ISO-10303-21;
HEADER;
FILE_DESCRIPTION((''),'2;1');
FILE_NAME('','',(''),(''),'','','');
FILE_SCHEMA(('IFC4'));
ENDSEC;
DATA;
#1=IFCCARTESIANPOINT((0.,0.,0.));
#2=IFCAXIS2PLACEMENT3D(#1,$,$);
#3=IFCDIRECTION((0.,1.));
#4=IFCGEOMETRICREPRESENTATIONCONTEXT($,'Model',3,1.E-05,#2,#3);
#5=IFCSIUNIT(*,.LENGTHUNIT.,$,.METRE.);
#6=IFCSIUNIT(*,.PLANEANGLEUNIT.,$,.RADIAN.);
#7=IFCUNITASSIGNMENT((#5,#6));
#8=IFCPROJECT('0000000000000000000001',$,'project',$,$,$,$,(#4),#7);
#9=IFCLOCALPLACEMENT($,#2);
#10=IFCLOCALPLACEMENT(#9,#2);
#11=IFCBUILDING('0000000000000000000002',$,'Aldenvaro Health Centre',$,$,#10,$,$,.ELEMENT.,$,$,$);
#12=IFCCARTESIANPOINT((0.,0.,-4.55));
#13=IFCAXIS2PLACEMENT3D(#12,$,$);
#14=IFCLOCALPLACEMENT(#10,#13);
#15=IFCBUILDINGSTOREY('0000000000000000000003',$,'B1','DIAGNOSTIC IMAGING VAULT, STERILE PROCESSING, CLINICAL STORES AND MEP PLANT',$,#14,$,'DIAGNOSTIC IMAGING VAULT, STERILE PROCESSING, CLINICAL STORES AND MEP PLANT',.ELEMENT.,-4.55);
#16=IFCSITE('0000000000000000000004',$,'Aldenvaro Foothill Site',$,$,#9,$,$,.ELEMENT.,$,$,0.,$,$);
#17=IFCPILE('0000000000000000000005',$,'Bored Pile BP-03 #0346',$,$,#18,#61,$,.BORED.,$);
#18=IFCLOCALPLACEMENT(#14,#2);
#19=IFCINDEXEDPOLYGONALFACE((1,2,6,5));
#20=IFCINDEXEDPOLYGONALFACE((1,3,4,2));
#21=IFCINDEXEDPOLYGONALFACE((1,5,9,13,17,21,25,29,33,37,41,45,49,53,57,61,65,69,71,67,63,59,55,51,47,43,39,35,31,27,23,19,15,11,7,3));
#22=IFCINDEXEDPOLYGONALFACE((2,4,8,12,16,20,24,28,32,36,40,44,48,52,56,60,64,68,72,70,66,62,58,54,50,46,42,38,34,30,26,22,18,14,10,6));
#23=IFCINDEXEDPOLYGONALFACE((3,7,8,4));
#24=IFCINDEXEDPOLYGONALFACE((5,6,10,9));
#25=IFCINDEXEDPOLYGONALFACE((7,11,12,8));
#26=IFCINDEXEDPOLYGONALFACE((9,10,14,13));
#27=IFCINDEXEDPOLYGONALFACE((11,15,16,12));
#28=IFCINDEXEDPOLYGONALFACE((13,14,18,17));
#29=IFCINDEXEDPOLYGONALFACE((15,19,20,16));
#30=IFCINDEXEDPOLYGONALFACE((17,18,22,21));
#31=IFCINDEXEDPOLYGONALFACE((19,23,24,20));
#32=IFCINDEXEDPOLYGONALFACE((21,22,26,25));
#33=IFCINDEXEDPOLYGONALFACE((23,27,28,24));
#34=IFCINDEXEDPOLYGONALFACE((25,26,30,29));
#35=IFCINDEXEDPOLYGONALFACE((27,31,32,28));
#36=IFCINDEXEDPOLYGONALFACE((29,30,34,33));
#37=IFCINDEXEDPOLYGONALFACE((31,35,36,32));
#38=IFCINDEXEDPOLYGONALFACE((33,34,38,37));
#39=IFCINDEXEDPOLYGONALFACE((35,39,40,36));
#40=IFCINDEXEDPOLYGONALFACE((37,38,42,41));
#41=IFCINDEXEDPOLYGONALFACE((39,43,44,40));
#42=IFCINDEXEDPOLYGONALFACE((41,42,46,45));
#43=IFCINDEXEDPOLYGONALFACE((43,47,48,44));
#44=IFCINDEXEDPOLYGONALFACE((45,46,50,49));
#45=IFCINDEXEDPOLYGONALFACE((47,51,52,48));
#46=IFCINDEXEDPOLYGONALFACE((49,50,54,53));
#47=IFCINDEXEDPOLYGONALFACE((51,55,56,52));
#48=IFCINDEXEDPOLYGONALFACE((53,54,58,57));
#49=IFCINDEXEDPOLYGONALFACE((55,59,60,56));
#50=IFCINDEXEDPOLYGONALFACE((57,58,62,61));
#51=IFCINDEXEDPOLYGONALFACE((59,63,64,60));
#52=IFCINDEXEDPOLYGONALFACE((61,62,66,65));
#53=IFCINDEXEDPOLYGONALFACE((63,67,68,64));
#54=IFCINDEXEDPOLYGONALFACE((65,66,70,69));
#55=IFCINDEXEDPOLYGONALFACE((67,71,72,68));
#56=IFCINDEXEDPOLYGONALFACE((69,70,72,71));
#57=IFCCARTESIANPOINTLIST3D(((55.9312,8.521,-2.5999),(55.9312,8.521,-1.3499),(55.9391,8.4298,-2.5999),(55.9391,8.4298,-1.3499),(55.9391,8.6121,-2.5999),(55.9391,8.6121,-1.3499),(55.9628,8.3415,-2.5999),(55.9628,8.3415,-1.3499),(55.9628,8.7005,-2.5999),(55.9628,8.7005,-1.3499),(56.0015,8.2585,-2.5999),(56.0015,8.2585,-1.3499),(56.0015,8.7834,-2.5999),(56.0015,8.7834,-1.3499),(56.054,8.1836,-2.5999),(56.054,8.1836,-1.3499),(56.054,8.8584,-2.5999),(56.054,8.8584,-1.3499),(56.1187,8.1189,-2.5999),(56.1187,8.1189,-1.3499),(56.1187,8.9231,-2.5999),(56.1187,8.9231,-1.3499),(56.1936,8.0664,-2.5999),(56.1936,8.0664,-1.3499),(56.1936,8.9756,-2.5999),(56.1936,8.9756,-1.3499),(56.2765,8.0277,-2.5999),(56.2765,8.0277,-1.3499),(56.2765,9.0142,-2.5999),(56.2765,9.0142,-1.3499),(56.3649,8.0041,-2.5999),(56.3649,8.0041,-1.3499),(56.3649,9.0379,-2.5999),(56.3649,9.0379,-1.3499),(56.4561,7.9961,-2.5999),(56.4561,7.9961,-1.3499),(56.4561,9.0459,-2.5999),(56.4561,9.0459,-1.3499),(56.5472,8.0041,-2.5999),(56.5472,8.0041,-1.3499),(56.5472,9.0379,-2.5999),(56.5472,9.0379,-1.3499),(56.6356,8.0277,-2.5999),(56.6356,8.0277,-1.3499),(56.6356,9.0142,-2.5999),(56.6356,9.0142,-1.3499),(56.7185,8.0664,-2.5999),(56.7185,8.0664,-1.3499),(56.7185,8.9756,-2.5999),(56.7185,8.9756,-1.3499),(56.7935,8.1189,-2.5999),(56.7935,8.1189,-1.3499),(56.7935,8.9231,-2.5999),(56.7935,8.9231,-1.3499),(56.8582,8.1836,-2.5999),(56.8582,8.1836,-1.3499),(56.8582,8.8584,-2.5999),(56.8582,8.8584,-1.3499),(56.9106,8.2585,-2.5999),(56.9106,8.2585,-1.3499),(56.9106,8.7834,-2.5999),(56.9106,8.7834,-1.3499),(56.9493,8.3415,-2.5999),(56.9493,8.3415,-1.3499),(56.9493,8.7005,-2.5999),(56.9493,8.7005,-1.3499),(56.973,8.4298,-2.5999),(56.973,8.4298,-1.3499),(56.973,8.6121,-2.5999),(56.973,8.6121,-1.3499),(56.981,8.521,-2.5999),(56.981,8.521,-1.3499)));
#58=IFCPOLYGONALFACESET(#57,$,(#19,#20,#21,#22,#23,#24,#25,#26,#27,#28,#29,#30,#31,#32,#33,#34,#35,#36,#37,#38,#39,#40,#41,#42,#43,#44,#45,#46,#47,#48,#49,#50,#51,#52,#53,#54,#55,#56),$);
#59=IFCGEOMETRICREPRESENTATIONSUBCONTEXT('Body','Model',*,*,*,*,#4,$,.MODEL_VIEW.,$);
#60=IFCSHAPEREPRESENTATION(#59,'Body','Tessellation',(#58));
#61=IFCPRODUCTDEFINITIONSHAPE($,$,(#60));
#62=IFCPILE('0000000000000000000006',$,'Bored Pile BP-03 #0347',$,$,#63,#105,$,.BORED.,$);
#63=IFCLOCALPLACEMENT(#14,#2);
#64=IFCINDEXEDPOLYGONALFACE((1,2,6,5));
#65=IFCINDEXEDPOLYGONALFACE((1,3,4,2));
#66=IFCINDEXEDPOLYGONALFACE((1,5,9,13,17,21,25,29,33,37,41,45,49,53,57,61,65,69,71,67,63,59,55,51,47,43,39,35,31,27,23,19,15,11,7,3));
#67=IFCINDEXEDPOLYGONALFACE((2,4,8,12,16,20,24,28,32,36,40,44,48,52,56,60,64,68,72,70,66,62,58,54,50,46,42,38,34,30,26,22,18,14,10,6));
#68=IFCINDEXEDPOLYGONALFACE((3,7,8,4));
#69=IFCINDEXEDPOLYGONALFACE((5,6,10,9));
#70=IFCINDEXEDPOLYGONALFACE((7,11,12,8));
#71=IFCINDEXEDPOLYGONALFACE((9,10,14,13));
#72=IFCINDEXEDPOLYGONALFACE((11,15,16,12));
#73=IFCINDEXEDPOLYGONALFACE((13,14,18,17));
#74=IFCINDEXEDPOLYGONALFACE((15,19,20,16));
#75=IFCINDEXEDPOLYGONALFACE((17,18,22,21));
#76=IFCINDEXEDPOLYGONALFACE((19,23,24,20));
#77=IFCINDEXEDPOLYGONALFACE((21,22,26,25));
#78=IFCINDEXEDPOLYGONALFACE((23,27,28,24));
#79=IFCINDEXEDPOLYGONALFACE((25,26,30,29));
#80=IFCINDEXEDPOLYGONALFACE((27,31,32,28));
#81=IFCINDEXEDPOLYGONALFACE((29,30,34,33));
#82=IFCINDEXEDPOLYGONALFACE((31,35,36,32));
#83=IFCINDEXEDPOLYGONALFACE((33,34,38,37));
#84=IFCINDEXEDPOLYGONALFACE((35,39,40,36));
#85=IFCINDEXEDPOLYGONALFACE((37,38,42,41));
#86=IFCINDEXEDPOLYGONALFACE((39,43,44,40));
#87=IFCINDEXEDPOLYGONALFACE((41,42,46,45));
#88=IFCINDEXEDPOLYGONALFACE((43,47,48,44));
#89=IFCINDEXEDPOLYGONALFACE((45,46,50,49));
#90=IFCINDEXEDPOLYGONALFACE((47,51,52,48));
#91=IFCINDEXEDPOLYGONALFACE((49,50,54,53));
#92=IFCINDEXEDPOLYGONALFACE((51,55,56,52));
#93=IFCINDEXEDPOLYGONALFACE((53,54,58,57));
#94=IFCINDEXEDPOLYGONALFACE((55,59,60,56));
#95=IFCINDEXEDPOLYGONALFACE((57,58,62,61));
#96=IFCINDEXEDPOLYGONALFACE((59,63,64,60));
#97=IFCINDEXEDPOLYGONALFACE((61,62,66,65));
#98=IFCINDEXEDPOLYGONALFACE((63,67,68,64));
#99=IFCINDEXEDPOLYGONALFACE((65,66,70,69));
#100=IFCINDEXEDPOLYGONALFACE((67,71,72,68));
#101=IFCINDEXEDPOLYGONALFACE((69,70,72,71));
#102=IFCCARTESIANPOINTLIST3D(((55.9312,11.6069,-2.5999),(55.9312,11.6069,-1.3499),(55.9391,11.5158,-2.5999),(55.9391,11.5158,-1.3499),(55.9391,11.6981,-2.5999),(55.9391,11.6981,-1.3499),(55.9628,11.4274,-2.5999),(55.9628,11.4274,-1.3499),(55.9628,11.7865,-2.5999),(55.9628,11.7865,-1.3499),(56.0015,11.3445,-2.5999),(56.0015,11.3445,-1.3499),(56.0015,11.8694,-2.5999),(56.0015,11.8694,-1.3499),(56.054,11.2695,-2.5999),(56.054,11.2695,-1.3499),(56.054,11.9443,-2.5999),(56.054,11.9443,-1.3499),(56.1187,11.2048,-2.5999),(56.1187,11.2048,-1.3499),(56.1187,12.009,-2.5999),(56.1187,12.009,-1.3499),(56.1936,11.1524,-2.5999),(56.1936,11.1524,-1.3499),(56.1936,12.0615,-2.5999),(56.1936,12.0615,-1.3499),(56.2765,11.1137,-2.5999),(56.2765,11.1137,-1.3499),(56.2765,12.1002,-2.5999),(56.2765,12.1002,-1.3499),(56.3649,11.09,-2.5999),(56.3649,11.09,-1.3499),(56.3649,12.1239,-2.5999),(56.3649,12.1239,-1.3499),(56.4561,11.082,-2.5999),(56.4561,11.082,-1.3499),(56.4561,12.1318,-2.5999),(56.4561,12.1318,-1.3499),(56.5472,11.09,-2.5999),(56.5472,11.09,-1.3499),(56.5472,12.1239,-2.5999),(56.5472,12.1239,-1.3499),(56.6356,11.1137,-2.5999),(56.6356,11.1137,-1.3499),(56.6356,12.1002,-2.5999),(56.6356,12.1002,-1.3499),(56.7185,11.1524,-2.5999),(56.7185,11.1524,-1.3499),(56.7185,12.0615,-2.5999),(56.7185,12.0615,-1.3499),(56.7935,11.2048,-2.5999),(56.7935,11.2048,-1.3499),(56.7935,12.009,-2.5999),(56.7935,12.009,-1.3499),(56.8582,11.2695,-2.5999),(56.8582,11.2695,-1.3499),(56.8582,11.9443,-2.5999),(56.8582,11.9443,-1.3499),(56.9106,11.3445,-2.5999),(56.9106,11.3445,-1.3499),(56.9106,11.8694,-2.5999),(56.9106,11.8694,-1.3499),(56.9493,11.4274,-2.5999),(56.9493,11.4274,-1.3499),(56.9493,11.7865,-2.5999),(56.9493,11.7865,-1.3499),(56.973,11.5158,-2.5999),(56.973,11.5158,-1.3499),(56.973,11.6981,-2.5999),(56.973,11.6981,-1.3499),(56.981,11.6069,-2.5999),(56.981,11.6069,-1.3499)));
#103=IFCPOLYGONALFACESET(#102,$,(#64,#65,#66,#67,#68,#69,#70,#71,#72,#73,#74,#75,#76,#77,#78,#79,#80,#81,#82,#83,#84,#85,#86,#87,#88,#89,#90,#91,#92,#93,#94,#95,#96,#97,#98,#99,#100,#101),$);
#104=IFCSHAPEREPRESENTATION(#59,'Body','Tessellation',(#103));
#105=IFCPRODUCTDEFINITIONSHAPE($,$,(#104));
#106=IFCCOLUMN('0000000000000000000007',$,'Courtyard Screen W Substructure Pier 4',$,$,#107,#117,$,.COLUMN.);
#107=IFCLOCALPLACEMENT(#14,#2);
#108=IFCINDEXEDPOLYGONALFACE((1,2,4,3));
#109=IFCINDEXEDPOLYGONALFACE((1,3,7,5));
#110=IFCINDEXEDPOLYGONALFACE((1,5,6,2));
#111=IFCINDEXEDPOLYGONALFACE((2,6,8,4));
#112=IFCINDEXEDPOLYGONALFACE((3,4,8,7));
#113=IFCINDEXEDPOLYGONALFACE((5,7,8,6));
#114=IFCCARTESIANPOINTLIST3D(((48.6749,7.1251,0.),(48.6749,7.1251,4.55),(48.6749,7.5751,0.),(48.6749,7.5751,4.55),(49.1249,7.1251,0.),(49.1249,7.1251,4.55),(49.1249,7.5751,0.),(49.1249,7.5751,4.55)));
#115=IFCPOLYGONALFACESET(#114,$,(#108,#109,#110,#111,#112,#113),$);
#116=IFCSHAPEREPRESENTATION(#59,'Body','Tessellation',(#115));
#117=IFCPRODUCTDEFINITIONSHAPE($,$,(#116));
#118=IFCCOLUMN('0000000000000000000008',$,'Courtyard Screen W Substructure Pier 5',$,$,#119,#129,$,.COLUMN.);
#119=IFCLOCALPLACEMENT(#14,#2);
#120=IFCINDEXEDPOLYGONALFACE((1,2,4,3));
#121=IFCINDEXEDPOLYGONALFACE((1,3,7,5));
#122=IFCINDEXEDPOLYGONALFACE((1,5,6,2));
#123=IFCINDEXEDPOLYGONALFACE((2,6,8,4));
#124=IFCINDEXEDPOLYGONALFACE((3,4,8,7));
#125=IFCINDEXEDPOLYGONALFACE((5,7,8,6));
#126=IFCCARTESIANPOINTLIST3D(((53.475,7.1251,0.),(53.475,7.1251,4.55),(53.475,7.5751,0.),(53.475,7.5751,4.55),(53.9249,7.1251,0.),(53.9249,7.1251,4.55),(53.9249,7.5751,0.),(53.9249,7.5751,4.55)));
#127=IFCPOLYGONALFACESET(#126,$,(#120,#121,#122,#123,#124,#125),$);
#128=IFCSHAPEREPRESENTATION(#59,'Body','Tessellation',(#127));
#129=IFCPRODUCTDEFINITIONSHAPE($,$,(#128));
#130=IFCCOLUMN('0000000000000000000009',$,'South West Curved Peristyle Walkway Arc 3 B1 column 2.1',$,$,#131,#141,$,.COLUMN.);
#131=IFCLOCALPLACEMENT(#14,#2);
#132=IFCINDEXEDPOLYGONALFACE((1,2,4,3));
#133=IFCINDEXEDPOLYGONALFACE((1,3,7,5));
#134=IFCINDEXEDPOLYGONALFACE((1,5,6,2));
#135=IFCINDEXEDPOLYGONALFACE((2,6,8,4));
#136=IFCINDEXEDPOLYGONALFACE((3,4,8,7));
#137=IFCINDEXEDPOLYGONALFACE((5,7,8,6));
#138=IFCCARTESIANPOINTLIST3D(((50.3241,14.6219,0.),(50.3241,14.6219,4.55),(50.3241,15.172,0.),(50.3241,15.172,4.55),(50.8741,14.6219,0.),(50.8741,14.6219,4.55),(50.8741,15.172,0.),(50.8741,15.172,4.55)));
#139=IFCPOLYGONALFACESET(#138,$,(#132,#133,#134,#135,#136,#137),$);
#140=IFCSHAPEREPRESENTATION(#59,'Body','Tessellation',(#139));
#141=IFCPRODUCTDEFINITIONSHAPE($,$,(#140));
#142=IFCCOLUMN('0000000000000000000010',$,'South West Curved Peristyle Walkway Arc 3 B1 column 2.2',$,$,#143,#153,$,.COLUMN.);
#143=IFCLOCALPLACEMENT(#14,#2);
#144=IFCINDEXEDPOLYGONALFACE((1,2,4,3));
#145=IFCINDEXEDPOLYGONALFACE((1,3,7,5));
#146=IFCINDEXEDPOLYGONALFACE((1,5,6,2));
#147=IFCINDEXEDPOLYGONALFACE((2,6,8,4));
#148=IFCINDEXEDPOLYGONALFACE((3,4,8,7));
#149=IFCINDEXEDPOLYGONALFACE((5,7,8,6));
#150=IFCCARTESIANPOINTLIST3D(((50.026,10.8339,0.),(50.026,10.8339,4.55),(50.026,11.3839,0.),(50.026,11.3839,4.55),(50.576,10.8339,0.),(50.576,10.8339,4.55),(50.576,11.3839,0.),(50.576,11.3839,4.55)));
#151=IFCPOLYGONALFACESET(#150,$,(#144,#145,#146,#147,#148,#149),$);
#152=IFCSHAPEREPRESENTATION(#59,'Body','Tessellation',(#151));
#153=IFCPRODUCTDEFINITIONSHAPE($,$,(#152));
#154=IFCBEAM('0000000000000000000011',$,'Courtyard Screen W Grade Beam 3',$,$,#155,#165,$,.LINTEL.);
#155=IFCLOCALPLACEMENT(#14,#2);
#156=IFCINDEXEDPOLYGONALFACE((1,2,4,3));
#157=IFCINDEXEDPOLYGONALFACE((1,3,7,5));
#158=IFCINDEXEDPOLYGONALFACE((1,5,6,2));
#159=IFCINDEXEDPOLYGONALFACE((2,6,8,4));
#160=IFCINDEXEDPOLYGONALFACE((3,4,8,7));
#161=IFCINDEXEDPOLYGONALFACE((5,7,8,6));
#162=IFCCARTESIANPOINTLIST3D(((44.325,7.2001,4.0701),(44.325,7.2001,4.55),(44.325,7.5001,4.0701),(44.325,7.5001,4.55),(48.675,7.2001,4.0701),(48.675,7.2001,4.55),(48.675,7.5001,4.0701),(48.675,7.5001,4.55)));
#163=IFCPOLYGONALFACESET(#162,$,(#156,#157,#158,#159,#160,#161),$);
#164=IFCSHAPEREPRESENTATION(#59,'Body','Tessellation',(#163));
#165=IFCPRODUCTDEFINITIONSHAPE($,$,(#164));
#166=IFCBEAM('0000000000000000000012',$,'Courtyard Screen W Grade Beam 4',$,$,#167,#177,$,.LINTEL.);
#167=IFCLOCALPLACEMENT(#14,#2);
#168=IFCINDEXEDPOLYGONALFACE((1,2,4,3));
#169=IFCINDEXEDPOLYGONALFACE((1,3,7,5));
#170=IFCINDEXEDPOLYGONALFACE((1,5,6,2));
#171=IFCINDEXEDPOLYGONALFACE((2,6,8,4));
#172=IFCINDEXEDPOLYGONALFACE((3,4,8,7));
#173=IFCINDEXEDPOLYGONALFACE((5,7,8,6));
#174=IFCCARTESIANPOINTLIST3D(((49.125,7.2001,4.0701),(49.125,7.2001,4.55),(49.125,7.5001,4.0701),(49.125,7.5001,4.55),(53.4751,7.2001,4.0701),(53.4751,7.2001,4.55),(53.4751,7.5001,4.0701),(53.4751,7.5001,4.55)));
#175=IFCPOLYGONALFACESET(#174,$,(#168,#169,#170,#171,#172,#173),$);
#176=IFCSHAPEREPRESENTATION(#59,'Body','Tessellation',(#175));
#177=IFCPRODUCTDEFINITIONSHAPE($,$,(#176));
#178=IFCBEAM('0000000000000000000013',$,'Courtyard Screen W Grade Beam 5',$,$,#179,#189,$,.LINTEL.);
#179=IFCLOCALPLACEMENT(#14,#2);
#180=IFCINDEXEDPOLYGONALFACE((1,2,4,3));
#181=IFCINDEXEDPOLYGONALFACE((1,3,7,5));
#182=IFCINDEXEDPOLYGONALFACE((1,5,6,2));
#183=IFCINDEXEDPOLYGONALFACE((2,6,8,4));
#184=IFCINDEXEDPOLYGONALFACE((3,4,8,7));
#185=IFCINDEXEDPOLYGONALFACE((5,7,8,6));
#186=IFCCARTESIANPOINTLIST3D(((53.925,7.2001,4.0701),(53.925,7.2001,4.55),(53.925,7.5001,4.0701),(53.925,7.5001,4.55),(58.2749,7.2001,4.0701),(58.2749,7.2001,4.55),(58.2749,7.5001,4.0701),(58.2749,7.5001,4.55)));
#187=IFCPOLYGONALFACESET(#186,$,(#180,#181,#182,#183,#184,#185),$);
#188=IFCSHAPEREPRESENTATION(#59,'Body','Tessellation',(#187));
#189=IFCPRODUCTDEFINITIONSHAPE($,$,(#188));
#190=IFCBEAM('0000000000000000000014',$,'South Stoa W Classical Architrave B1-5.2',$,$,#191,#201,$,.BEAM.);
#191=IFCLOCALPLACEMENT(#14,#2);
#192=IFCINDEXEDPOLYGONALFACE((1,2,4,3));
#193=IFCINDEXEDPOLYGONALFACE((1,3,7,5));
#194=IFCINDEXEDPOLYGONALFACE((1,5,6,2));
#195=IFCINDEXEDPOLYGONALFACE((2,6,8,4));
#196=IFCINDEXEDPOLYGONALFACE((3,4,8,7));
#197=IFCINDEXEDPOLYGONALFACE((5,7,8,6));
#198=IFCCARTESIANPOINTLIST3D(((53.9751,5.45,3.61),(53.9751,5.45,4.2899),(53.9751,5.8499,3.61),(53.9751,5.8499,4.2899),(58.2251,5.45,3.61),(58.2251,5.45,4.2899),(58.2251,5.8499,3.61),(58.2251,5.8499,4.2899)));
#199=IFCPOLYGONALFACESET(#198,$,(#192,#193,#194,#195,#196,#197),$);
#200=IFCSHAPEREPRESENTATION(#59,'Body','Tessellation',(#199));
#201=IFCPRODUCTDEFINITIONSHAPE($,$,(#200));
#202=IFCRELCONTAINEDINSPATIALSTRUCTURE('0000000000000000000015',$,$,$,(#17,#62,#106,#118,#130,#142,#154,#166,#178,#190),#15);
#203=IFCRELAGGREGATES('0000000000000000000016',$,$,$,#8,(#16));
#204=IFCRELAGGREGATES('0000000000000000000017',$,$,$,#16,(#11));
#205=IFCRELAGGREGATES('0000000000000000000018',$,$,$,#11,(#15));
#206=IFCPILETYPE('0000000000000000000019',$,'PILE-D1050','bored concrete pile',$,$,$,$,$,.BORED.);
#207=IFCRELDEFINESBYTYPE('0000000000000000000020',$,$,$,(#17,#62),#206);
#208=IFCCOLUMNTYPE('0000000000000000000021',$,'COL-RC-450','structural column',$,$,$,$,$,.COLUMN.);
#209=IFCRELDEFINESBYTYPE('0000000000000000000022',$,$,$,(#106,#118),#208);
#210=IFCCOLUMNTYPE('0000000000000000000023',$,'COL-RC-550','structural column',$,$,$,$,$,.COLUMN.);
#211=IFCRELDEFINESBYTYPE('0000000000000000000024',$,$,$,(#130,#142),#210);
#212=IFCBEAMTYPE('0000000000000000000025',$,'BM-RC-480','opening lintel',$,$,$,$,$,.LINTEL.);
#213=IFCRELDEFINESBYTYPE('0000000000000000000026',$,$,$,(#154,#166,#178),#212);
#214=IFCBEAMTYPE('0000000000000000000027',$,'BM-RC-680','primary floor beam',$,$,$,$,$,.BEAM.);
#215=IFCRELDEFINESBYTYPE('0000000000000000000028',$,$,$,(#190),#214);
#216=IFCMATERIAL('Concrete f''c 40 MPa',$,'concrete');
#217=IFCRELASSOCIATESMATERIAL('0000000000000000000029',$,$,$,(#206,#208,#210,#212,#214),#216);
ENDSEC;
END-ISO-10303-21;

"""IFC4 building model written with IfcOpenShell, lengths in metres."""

from ifc_helpers import new_model, si_unit, direction, frame, origin, origin_2d, place, context, subcontext, project, spatial, rectangle, circle, extrude, material, material_profile, profile_set, type_object, element, save


model = new_model("IFC4")

# Units and contexts
model_context = context("Model", 3, precision=1e-05, world=origin(), true_north=direction((0.0, 1.0)))
body_context = subcontext(model_context, "Body", "Model", "MODEL_VIEW")
ifc_project = project(units=[si_unit("LENGTHUNIT", "METRE"), si_unit("PLANEANGLEUNIT", "RADIAN")], contexts=[model_context])

# Site, building, storey
site_placement = place(None, origin())
site = spatial("IfcSite", under=ifc_project, at=site_placement, Name="Aldenvaro Foothill Site", CompositionType="ELEMENT", RefElevation=0.0)
building_placement = place(site_placement, origin())
building = spatial("IfcBuilding", under=site, at=building_placement, Name="Aldenvaro Health Centre", CompositionType="ELEMENT")
storey_placement = place(building_placement, frame((0.0, 0.0, -4.55)))
storey = spatial("IfcBuildingStorey", under=building, at=storey_placement, Name="B1", Description="DIAGNOSTIC IMAGING VAULT, STERILE PROCESSING, CLINICAL STORES AND MEP PLANT", LongName="DIAGNOSTIC IMAGING VAULT, STERILE PROCESSING, CLINICAL STORES AND MEP PLANT", CompositionType="ELEMENT", Elevation=-4.55)

# Piles
ifc_material_1 = material(Name="Concrete f'c 40 MPa", Category="concrete")
ifc_material_profile_1 = material_profile(ifc_material_1, circle(Radius=0.5249, at=origin_2d()), Name="PILE D1050", Category="concrete")
ifc_profile_set_1 = profile_set([ifc_material_profile_1], Name="Concrete f'c 40 MPa")
pile_type = type_object("IfcPileType", Name="PILE-D1050", Description="bored concrete pile", PredefinedType="BORED", material=ifc_profile_set_1)
for number, where, z_axis, x_axis, name in (
    (1, (56.4561, 8.521, -1.3499), (0.0, 0.0, -1.0), (1.0, 0.0, 0.0), "Bored Pile BP-03 #0346"),
    (2, (56.4561, 11.6069, -1.3499), (0.0, 0.0, -1.0), (1.0, 0.0, 0.0), "Bored Pile BP-03 #0347"),
):
    element("IfcPile", number, at=place(storey_placement, frame(where, z_axis=z_axis, x_axis=x_axis)), inside=storey, type_object=pile_type, Name=name, PredefinedType="BORED", context=body_context, shape_type="SweptSolid", body=[
        extrude(circle(Radius=0.5249, at=origin_2d()), origin(), (0.0, 0.0, 1.0), 1.25),
    ])

# Columns
ifc_material_profile_2 = material_profile(ifc_material_1, rectangle(XDim=0.45, YDim=0.45, at=origin_2d()), Name="RC 450x450", Category="concrete")
ifc_profile_set_2 = profile_set([ifc_material_profile_2], Name="Concrete f'c 40 MPa")
column_type_1 = type_object("IfcColumnType", Name="COL-RC-450", Description="structural column", PredefinedType="COLUMN", material=ifc_profile_set_2)
for number, where, z_axis, x_axis, name in (
    (3, (48.8999, 7.3501, 0.0), (0.0, 0.0, 1.0), (1.0, 0.0, 0.0), "Courtyard Screen W Substructure Pier 4"),
    (4, (53.7, 7.3501, 0.0), (0.0, 0.0, 1.0), (1.0, 0.0, 0.0), "Courtyard Screen W Substructure Pier 5"),
):
    element("IfcColumn", number, at=place(storey_placement, frame(where, z_axis=z_axis, x_axis=x_axis)), inside=storey, type_object=column_type_1, Name=name, PredefinedType="COLUMN", context=body_context, shape_type="SweptSolid", body=[
        extrude(rectangle(XDim=0.45, YDim=0.45, at=origin_2d()), origin(), (0.0, 0.0, 1.0), 4.55),
    ])
ifc_material_profile_3 = material_profile(ifc_material_1, rectangle(XDim=0.55, YDim=0.55, at=origin_2d()), Name="RC 550x550", Category="concrete")
ifc_profile_set_3 = profile_set([ifc_material_profile_3], Name="Concrete f'c 40 MPa")
column_type_2 = type_object("IfcColumnType", Name="COL-RC-550", Description="structural column", PredefinedType="COLUMN", material=ifc_profile_set_3)
for number, where, z_axis, x_axis, name in (
    (5, (50.5991, 14.897, 0.0), (0.0, 0.0, 1.0), (1.0, 0.0, 0.0), "South West Curved Peristyle Walkway Arc 3 B1 column 2.1"),
    (6, (50.301, 11.1089, 0.0), (0.0, 0.0, 1.0), (1.0, 0.0, 0.0), "South West Curved Peristyle Walkway Arc 3 B1 column 2.2"),
):
    element("IfcColumn", number, at=place(storey_placement, frame(where, z_axis=z_axis, x_axis=x_axis)), inside=storey, type_object=column_type_2, Name=name, PredefinedType="COLUMN", context=body_context, shape_type="SweptSolid", body=[
        extrude(rectangle(XDim=0.55, YDim=0.55, at=origin_2d()), origin(), (0.0, 0.0, 1.0), 4.55),
    ])

# Beams
ifc_material_profile_4 = material_profile(ifc_material_1, rectangle(XDim=0.3, YDim=0.48, at=origin_2d()), Name="RC 300x480", Category="concrete")
ifc_profile_set_4 = profile_set([ifc_material_profile_4], Name="Concrete f'c 40 MPa")
beam_type_1 = type_object("IfcBeamType", Name="BM-RC-480", Description="opening lintel", PredefinedType="LINTEL", material=ifc_profile_set_4)
for number, where, z_axis, x_axis, name in (
    (7, (44.325, 7.3501, 4.3101), (1.0, 0.0, 0.0), (0.0, 1.0, 0.0), "Courtyard Screen W Grade Beam 3"),
    (8, (49.125, 7.3501, 4.3101), (1.0, 0.0, 0.0), (0.0, 1.0, 0.0), "Courtyard Screen W Grade Beam 4"),
):
    element("IfcBeam", number, at=place(storey_placement, frame(where, z_axis=z_axis, x_axis=x_axis)), inside=storey, type_object=beam_type_1, Name=name, PredefinedType="LINTEL", context=body_context, shape_type="SweptSolid", body=[
        extrude(rectangle(XDim=0.3, YDim=0.48, at=origin_2d()), origin(), (0.0, 0.0, 1.0), 4.3501),
    ])
beam_1_placement = place(storey_placement, frame((53.925, 7.3501, 4.3101), z_axis=(1.0, 0.0, 0.0), x_axis=(0.0, 1.0, 0.0)))
element("IfcBeam", 9, at=beam_1_placement, inside=storey, type_object=beam_type_1, Name="Courtyard Screen W Grade Beam 5", PredefinedType="LINTEL", context=body_context, shape_type="SweptSolid", body=[
    extrude(rectangle(XDim=0.3, YDim=0.48, at=origin_2d()), origin(), (0.0, 0.0, 1.0), 4.3499),
])
ifc_material_profile_5 = material_profile(ifc_material_1, rectangle(XDim=0.3999, YDim=0.6799, at=origin_2d()), Name="RC 400x680", Category="concrete")
ifc_profile_set_5 = profile_set([ifc_material_profile_5], Name="Concrete f'c 40 MPa")
beam_type_2 = type_object("IfcBeamType", Name="BM-RC-680", Description="primary floor beam", PredefinedType="BEAM", material=ifc_profile_set_5)
beam_2_placement = place(storey_placement, frame((53.9751, 5.6499, 3.95), z_axis=(1.0, 0.0, 0.0), x_axis=(0.0, 1.0, 0.0)))
element("IfcBeam", 10, at=beam_2_placement, inside=storey, type_object=beam_type_2, Name="South Stoa W Classical Architrave B1-5.2", PredefinedType="BEAM", context=body_context, shape_type="SweptSolid", body=[
    extrude(rectangle(XDim=0.3999, YDim=0.6799, at=origin_2d()), origin(), (0.0, 0.0, 1.0), 4.25),
])

save(model, "model.ifc")
